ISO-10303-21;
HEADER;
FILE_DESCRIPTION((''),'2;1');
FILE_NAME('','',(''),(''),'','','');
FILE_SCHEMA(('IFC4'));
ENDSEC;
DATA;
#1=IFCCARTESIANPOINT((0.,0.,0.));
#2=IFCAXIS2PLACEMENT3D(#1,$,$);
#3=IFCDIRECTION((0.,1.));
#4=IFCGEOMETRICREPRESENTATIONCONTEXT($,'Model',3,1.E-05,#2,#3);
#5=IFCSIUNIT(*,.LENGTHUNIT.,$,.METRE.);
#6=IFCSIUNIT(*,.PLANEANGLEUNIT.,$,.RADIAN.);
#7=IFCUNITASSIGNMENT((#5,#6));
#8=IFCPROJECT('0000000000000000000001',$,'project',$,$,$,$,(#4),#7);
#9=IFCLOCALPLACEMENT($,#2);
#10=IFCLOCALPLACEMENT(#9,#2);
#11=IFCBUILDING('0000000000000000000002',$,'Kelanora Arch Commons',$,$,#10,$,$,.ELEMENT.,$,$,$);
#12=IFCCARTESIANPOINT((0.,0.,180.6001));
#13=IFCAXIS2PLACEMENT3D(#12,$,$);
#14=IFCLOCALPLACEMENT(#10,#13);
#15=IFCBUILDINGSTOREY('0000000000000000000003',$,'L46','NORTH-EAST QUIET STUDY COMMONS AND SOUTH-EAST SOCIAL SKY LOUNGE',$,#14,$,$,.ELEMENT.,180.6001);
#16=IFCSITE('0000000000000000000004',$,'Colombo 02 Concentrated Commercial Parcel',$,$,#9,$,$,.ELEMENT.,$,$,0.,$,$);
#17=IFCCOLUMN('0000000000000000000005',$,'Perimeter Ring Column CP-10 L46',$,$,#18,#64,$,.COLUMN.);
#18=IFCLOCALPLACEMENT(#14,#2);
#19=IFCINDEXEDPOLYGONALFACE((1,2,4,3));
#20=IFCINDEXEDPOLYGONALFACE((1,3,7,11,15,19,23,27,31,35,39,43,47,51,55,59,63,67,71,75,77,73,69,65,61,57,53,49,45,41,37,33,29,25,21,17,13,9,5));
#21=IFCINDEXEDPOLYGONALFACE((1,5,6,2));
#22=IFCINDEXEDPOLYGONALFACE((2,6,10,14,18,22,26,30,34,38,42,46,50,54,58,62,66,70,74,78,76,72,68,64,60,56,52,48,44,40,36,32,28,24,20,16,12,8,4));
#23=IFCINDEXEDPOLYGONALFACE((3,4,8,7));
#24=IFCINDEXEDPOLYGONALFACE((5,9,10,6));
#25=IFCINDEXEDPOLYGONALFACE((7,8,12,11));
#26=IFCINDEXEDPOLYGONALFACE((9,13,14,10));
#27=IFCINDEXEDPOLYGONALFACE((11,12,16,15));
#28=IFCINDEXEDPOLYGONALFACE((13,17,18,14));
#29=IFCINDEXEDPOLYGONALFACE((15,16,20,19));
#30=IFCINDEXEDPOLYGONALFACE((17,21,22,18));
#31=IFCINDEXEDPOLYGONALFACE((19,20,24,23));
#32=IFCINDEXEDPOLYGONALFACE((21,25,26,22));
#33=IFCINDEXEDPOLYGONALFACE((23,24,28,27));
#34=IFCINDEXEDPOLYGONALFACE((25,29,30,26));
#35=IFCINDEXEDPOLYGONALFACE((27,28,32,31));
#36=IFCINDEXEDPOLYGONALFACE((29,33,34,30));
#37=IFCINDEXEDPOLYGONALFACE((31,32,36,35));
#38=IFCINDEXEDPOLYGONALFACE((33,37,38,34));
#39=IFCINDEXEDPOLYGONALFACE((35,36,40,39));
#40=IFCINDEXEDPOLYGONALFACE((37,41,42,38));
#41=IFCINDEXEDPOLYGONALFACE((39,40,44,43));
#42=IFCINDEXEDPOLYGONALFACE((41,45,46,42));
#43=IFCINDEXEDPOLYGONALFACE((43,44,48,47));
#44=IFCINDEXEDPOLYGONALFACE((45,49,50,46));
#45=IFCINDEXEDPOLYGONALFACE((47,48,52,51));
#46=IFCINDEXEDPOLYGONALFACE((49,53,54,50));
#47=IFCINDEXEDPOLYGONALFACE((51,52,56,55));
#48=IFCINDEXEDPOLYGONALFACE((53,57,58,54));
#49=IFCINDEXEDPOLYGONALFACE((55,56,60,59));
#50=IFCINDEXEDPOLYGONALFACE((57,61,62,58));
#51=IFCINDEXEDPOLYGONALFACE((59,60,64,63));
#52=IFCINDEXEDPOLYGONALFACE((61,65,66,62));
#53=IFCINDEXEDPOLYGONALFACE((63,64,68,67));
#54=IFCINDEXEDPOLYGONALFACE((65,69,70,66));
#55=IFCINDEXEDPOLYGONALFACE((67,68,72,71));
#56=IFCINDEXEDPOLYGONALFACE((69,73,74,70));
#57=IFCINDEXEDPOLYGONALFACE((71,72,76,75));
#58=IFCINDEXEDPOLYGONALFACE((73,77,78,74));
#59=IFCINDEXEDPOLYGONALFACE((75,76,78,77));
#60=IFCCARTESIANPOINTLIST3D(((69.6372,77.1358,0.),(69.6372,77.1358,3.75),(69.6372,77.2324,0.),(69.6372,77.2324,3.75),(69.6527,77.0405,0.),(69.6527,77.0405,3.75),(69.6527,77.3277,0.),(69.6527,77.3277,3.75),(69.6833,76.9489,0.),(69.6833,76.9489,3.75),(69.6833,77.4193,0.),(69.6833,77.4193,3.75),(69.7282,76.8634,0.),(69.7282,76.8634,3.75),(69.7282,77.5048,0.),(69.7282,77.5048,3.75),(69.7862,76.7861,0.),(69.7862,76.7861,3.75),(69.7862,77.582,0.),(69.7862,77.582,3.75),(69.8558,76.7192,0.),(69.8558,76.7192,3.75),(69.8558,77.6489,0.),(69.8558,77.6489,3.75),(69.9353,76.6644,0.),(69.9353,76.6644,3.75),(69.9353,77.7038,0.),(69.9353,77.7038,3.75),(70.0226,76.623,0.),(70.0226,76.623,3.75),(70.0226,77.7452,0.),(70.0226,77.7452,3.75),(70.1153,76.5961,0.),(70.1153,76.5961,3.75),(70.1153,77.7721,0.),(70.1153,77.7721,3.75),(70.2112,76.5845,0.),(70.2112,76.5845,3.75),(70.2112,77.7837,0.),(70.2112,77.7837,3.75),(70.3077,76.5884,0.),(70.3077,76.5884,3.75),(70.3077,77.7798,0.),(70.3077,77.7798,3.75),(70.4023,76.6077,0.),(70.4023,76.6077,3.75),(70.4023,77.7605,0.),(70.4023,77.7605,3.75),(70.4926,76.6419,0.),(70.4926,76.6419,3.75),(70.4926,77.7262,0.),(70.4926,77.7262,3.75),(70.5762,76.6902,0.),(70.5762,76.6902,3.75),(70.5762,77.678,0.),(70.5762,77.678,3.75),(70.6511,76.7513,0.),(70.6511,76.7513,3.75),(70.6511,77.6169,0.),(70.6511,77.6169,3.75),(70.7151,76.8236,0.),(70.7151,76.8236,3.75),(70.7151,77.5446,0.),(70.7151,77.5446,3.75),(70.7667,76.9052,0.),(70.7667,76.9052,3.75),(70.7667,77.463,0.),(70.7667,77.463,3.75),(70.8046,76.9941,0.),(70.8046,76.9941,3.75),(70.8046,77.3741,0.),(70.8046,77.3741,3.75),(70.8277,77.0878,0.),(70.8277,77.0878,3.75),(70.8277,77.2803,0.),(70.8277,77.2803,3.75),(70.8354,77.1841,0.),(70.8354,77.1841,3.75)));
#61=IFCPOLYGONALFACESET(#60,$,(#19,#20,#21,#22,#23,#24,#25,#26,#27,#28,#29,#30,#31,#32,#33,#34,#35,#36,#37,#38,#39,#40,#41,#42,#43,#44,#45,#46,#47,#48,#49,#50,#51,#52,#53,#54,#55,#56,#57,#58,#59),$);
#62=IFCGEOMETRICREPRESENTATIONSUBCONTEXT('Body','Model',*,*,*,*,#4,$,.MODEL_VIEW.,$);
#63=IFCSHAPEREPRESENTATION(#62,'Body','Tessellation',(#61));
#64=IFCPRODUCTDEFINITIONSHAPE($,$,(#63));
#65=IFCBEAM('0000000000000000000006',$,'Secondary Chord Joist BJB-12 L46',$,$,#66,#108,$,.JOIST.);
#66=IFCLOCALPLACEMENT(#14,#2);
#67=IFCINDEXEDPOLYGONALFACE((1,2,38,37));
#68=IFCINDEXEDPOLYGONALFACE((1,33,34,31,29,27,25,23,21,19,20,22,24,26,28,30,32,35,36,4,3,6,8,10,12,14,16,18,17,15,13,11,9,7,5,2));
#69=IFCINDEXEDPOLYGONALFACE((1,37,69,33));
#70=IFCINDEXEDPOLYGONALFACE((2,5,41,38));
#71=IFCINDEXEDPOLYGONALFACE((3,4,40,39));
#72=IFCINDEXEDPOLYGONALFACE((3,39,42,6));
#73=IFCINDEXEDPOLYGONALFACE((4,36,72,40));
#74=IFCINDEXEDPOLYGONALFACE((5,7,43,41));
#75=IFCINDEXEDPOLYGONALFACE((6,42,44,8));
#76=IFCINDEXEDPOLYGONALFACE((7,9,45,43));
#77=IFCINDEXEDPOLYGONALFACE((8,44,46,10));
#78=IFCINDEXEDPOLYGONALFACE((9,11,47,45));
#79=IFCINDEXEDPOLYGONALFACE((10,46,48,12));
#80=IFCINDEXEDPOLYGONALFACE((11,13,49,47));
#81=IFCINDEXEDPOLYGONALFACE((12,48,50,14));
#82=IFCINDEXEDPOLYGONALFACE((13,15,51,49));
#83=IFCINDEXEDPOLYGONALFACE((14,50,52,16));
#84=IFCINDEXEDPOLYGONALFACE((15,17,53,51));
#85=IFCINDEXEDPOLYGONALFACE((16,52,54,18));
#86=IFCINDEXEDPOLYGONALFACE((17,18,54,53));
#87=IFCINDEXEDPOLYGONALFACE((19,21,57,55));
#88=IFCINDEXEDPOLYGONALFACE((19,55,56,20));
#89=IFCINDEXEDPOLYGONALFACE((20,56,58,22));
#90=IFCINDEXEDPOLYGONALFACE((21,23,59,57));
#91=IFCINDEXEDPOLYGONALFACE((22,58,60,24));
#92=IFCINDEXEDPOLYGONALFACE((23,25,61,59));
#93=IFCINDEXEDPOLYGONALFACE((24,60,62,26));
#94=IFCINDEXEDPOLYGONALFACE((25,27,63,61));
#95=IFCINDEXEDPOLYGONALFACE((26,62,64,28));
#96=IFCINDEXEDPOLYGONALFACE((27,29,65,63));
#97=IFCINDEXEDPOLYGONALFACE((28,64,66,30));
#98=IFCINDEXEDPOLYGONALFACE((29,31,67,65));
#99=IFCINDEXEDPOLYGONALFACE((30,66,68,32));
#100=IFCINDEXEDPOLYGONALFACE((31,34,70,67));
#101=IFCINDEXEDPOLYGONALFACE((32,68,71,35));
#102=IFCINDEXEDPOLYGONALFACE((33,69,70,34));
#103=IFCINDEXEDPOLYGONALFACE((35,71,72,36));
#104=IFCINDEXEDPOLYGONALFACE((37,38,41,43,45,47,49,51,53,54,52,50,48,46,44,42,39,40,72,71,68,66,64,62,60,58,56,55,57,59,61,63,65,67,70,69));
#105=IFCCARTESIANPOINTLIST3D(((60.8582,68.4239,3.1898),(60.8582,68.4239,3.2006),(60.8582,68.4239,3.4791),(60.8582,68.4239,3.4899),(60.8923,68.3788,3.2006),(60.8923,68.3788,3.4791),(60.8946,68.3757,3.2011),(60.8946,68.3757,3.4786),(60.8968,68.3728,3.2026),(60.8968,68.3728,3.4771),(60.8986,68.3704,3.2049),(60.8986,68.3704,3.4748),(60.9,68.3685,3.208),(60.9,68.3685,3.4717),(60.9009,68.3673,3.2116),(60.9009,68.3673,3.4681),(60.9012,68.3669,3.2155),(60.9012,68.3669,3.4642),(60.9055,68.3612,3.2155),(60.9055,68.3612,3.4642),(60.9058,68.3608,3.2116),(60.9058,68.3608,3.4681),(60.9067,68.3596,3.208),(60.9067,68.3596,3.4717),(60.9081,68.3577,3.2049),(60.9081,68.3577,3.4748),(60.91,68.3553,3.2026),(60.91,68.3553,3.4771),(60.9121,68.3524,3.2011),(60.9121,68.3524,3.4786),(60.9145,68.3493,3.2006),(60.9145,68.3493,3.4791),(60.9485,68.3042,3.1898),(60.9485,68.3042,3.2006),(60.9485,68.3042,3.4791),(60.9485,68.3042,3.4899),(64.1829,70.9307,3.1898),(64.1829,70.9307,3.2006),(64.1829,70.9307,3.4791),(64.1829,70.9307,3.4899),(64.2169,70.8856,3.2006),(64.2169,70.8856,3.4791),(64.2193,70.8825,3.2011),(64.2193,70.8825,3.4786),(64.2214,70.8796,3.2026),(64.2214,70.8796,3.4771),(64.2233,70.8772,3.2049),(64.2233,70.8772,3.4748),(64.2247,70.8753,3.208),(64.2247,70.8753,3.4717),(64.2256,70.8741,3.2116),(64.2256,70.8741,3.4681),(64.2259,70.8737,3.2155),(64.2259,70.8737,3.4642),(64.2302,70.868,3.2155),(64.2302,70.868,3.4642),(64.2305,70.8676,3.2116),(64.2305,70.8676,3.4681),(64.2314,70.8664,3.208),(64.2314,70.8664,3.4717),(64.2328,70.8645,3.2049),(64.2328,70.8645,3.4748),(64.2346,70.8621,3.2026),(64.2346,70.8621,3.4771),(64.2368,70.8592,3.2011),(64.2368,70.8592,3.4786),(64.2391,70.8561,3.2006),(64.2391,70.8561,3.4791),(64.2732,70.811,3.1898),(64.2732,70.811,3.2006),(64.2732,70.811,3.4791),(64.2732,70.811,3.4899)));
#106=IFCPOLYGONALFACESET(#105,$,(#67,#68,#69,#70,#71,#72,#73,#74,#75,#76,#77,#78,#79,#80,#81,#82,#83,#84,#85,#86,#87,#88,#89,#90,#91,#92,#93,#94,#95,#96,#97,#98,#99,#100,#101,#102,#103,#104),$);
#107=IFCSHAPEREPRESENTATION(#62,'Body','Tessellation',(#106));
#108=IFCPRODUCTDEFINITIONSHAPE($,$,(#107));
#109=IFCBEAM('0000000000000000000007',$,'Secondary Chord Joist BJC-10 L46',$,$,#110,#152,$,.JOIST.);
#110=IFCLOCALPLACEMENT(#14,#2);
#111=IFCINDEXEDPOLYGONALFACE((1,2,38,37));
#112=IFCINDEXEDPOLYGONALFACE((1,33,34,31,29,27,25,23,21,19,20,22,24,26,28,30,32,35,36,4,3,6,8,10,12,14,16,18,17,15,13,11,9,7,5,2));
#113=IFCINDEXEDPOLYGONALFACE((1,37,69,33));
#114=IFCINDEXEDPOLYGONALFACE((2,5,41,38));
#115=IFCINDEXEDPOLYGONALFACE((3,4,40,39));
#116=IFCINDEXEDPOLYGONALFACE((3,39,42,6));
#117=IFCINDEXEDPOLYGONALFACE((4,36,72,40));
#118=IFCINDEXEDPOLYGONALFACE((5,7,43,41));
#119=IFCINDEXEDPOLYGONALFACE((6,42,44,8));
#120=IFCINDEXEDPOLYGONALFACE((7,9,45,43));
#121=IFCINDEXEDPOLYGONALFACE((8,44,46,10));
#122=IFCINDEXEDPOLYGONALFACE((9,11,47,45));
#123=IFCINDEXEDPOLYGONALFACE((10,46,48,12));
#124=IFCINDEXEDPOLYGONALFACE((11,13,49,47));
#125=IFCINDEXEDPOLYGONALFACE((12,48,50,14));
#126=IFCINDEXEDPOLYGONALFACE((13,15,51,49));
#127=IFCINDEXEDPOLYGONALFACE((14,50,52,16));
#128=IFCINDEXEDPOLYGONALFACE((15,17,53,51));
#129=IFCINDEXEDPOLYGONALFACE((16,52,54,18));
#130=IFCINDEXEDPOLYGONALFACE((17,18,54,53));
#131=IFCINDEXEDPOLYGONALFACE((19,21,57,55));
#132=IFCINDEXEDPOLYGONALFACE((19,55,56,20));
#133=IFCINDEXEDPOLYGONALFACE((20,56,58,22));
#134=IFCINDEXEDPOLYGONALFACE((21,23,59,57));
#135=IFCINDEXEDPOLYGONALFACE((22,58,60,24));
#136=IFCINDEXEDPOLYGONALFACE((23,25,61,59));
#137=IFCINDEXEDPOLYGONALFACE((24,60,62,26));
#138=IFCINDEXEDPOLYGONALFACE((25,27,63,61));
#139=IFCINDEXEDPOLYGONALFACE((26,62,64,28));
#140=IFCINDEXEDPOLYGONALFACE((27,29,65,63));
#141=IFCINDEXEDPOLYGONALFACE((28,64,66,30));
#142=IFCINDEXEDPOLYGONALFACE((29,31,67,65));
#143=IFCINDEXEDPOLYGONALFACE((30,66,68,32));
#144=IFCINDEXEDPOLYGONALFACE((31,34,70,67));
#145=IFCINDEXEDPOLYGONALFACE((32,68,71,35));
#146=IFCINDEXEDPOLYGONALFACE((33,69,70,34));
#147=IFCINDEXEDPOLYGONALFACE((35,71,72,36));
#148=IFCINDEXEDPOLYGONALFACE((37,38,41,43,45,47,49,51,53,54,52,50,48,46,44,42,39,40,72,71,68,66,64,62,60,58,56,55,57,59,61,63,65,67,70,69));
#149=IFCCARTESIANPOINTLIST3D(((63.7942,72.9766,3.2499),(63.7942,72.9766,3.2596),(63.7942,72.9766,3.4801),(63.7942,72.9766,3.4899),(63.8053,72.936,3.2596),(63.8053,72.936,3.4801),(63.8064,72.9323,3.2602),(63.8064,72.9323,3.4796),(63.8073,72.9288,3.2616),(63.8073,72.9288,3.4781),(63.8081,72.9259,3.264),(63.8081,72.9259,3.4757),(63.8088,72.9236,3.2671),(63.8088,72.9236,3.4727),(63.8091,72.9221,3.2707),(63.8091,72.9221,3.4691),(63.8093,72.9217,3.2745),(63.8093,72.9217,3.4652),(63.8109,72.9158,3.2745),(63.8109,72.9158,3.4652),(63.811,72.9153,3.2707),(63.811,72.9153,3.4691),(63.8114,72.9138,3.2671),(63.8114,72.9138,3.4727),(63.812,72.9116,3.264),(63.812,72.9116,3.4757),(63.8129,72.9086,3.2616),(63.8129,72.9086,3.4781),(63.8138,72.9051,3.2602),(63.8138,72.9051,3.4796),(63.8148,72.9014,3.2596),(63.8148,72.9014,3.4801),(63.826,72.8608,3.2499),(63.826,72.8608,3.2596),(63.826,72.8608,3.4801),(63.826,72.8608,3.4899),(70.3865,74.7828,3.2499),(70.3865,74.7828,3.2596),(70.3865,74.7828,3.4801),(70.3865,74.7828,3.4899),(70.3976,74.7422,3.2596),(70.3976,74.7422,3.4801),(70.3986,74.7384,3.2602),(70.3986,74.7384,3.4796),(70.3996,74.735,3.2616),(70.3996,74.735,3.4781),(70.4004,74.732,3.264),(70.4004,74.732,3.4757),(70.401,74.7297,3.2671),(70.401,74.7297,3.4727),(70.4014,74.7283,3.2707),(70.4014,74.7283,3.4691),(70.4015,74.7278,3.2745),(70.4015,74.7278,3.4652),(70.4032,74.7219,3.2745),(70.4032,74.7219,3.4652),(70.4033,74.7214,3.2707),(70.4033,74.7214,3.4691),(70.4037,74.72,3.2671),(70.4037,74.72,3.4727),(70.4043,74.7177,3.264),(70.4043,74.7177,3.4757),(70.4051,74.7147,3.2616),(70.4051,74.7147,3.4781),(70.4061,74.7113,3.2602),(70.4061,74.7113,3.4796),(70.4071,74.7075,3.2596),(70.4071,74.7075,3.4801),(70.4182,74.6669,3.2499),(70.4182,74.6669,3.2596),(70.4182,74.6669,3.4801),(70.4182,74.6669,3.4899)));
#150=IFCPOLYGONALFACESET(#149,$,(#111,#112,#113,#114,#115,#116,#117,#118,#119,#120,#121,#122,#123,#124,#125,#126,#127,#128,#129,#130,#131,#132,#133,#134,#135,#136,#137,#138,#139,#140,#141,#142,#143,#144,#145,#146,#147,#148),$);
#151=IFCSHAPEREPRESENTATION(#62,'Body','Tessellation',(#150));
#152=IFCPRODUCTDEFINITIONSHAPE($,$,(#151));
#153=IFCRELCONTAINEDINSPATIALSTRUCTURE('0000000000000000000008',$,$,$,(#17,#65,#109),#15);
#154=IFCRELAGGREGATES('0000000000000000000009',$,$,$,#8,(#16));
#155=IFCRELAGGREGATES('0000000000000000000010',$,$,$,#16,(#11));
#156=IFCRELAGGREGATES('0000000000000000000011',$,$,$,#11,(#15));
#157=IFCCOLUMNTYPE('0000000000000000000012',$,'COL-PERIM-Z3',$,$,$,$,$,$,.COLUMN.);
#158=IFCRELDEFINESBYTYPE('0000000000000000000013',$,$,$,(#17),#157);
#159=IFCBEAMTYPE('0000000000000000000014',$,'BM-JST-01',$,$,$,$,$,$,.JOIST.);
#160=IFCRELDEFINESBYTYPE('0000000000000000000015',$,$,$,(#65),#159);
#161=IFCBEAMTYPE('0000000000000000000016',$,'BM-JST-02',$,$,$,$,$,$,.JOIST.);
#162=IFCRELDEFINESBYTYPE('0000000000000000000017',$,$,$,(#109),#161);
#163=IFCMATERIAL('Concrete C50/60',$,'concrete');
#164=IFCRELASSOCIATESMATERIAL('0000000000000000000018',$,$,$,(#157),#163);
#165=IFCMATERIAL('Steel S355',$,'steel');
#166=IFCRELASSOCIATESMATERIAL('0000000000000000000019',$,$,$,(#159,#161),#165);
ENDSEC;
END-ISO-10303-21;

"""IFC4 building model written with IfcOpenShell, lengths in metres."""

from ifc_helpers import new_model, si_unit, direction, frame, origin, origin_2d, place, context, subcontext, project, spatial, circle, i_section, extrude, material, material_profile, profile_set, type_object, element, save


model = new_model("IFC4")

# Units and contexts
model_context = context("Model", 3, precision=1e-05, world=origin(), true_north=direction((0.0, 1.0)))
body_context = subcontext(model_context, "Body", "Model", "MODEL_VIEW")
ifc_project = project(units=[si_unit("LENGTHUNIT", "METRE"), si_unit("PLANEANGLEUNIT", "RADIAN")], contexts=[model_context])

# Site, building, storey
site_placement = place(None, origin())
site = spatial("IfcSite", under=ifc_project, at=site_placement, Name="Colombo 02 Concentrated Commercial Parcel", CompositionType="ELEMENT", RefElevation=0.0)
building_placement = place(site_placement, origin())
building = spatial("IfcBuilding", under=site, at=building_placement, Name="Kelanora Arch Commons", CompositionType="ELEMENT")
storey_placement = place(building_placement, frame((0.0, 0.0, 180.6001)))
storey = spatial("IfcBuildingStorey", under=building, at=storey_placement, Name="L46", Description="NORTH-EAST QUIET STUDY COMMONS AND SOUTH-EAST SOCIAL SKY LOUNGE", CompositionType="ELEMENT", Elevation=180.6001)

# Column
ifc_material_1 = material(Name="Concrete C50/60", Category="concrete")
ifc_material_profile_1 = material_profile(ifc_material_1, circle(Radius=0.6001, at=origin_2d()), Name="RCC1200")
ifc_profile_set_1 = profile_set([ifc_material_profile_1], Name="Concrete C50/60")
column_type = type_object("IfcColumnType", Name="COL-PERIM-Z3", PredefinedType="COLUMN", material=ifc_profile_set_1)
column_placement = place(storey_placement, frame((70.2354, 77.1841, 0.0), z_axis=(0.0, 0.0, 1.0), x_axis=(1.0, 0.0, 0.0)))
element("IfcColumn", 1, at=column_placement, inside=storey, type_object=column_type, Name="Perimeter Ring Column CP-10 L46", PredefinedType="COLUMN", context=body_context, shape_type="SweptSolid", body=[
    extrude(circle(Radius=0.6001, at=origin_2d()), origin(), (0.0, 0.0, 1.0), 3.75),
])

# Beams
ifc_material_2 = material(Name="Steel S355", Category="steel")
ifc_material_profile_2 = material_profile(ifc_material_2, i_section(OverallWidth=0.1499, OverallDepth=0.3, WebThickness=0.0071, FlangeThickness=0.0107, FilletRadius=0.0149, at=origin_2d()), Name="IPE300")
ifc_profile_set_2 = profile_set([ifc_material_profile_2], Name="Steel S355")
beam_type_1 = type_object("IfcBeamType", Name="BM-JST-01", PredefinedType="JOIST", material=ifc_profile_set_2)
beam_1_placement = place(storey_placement, frame((64.228, 70.8708, 3.3398), z_axis=(-0.798464, -0.602043, 0.0), x_axis=(0.602043, -0.798464, 0.0)))
element("IfcBeam", 2, at=beam_1_placement, inside=storey, type_object=beam_type_1, Name="Secondary Chord Joist BJB-12 L46", PredefinedType="JOIST", context=body_context, shape_type="SweptSolid", body=[
    extrude(i_section(OverallWidth=0.1499, OverallDepth=0.3, WebThickness=0.0071, FlangeThickness=0.0107, FilletRadius=0.0149, at=origin_2d()), origin(), (0.0, 0.0, 1.0), 4.1638),
])
ifc_material_profile_3 = material_profile(ifc_material_2, i_section(OverallWidth=0.1201, OverallDepth=0.24, WebThickness=0.0061, FlangeThickness=0.0098, FilletRadius=0.0149, at=origin_2d()), Name="IPE240")
ifc_profile_set_3 = profile_set([ifc_material_profile_3], Name="Steel S355")
beam_type_2 = type_object("IfcBeamType", Name="BM-JST-02", PredefinedType="JOIST", material=ifc_profile_set_3)
beam_2_placement = place(storey_placement, frame((70.4023, 74.7249, 3.3699), z_axis=(-0.964457, -0.264242, 0.0), x_axis=(0.264242, -0.964457, 0.0)))
element("IfcBeam", 3, at=beam_2_placement, inside=storey, type_object=beam_type_2, Name="Secondary Chord Joist BJC-10 L46", PredefinedType="JOIST", context=body_context, shape_type="SweptSolid", body=[
    extrude(i_section(OverallWidth=0.1201, OverallDepth=0.24, WebThickness=0.0061, FlangeThickness=0.0098, FilletRadius=0.0149, at=origin_2d()), origin(), (0.0, 0.0, 1.0), 6.8352),
])

save(model, "model.ifc")
